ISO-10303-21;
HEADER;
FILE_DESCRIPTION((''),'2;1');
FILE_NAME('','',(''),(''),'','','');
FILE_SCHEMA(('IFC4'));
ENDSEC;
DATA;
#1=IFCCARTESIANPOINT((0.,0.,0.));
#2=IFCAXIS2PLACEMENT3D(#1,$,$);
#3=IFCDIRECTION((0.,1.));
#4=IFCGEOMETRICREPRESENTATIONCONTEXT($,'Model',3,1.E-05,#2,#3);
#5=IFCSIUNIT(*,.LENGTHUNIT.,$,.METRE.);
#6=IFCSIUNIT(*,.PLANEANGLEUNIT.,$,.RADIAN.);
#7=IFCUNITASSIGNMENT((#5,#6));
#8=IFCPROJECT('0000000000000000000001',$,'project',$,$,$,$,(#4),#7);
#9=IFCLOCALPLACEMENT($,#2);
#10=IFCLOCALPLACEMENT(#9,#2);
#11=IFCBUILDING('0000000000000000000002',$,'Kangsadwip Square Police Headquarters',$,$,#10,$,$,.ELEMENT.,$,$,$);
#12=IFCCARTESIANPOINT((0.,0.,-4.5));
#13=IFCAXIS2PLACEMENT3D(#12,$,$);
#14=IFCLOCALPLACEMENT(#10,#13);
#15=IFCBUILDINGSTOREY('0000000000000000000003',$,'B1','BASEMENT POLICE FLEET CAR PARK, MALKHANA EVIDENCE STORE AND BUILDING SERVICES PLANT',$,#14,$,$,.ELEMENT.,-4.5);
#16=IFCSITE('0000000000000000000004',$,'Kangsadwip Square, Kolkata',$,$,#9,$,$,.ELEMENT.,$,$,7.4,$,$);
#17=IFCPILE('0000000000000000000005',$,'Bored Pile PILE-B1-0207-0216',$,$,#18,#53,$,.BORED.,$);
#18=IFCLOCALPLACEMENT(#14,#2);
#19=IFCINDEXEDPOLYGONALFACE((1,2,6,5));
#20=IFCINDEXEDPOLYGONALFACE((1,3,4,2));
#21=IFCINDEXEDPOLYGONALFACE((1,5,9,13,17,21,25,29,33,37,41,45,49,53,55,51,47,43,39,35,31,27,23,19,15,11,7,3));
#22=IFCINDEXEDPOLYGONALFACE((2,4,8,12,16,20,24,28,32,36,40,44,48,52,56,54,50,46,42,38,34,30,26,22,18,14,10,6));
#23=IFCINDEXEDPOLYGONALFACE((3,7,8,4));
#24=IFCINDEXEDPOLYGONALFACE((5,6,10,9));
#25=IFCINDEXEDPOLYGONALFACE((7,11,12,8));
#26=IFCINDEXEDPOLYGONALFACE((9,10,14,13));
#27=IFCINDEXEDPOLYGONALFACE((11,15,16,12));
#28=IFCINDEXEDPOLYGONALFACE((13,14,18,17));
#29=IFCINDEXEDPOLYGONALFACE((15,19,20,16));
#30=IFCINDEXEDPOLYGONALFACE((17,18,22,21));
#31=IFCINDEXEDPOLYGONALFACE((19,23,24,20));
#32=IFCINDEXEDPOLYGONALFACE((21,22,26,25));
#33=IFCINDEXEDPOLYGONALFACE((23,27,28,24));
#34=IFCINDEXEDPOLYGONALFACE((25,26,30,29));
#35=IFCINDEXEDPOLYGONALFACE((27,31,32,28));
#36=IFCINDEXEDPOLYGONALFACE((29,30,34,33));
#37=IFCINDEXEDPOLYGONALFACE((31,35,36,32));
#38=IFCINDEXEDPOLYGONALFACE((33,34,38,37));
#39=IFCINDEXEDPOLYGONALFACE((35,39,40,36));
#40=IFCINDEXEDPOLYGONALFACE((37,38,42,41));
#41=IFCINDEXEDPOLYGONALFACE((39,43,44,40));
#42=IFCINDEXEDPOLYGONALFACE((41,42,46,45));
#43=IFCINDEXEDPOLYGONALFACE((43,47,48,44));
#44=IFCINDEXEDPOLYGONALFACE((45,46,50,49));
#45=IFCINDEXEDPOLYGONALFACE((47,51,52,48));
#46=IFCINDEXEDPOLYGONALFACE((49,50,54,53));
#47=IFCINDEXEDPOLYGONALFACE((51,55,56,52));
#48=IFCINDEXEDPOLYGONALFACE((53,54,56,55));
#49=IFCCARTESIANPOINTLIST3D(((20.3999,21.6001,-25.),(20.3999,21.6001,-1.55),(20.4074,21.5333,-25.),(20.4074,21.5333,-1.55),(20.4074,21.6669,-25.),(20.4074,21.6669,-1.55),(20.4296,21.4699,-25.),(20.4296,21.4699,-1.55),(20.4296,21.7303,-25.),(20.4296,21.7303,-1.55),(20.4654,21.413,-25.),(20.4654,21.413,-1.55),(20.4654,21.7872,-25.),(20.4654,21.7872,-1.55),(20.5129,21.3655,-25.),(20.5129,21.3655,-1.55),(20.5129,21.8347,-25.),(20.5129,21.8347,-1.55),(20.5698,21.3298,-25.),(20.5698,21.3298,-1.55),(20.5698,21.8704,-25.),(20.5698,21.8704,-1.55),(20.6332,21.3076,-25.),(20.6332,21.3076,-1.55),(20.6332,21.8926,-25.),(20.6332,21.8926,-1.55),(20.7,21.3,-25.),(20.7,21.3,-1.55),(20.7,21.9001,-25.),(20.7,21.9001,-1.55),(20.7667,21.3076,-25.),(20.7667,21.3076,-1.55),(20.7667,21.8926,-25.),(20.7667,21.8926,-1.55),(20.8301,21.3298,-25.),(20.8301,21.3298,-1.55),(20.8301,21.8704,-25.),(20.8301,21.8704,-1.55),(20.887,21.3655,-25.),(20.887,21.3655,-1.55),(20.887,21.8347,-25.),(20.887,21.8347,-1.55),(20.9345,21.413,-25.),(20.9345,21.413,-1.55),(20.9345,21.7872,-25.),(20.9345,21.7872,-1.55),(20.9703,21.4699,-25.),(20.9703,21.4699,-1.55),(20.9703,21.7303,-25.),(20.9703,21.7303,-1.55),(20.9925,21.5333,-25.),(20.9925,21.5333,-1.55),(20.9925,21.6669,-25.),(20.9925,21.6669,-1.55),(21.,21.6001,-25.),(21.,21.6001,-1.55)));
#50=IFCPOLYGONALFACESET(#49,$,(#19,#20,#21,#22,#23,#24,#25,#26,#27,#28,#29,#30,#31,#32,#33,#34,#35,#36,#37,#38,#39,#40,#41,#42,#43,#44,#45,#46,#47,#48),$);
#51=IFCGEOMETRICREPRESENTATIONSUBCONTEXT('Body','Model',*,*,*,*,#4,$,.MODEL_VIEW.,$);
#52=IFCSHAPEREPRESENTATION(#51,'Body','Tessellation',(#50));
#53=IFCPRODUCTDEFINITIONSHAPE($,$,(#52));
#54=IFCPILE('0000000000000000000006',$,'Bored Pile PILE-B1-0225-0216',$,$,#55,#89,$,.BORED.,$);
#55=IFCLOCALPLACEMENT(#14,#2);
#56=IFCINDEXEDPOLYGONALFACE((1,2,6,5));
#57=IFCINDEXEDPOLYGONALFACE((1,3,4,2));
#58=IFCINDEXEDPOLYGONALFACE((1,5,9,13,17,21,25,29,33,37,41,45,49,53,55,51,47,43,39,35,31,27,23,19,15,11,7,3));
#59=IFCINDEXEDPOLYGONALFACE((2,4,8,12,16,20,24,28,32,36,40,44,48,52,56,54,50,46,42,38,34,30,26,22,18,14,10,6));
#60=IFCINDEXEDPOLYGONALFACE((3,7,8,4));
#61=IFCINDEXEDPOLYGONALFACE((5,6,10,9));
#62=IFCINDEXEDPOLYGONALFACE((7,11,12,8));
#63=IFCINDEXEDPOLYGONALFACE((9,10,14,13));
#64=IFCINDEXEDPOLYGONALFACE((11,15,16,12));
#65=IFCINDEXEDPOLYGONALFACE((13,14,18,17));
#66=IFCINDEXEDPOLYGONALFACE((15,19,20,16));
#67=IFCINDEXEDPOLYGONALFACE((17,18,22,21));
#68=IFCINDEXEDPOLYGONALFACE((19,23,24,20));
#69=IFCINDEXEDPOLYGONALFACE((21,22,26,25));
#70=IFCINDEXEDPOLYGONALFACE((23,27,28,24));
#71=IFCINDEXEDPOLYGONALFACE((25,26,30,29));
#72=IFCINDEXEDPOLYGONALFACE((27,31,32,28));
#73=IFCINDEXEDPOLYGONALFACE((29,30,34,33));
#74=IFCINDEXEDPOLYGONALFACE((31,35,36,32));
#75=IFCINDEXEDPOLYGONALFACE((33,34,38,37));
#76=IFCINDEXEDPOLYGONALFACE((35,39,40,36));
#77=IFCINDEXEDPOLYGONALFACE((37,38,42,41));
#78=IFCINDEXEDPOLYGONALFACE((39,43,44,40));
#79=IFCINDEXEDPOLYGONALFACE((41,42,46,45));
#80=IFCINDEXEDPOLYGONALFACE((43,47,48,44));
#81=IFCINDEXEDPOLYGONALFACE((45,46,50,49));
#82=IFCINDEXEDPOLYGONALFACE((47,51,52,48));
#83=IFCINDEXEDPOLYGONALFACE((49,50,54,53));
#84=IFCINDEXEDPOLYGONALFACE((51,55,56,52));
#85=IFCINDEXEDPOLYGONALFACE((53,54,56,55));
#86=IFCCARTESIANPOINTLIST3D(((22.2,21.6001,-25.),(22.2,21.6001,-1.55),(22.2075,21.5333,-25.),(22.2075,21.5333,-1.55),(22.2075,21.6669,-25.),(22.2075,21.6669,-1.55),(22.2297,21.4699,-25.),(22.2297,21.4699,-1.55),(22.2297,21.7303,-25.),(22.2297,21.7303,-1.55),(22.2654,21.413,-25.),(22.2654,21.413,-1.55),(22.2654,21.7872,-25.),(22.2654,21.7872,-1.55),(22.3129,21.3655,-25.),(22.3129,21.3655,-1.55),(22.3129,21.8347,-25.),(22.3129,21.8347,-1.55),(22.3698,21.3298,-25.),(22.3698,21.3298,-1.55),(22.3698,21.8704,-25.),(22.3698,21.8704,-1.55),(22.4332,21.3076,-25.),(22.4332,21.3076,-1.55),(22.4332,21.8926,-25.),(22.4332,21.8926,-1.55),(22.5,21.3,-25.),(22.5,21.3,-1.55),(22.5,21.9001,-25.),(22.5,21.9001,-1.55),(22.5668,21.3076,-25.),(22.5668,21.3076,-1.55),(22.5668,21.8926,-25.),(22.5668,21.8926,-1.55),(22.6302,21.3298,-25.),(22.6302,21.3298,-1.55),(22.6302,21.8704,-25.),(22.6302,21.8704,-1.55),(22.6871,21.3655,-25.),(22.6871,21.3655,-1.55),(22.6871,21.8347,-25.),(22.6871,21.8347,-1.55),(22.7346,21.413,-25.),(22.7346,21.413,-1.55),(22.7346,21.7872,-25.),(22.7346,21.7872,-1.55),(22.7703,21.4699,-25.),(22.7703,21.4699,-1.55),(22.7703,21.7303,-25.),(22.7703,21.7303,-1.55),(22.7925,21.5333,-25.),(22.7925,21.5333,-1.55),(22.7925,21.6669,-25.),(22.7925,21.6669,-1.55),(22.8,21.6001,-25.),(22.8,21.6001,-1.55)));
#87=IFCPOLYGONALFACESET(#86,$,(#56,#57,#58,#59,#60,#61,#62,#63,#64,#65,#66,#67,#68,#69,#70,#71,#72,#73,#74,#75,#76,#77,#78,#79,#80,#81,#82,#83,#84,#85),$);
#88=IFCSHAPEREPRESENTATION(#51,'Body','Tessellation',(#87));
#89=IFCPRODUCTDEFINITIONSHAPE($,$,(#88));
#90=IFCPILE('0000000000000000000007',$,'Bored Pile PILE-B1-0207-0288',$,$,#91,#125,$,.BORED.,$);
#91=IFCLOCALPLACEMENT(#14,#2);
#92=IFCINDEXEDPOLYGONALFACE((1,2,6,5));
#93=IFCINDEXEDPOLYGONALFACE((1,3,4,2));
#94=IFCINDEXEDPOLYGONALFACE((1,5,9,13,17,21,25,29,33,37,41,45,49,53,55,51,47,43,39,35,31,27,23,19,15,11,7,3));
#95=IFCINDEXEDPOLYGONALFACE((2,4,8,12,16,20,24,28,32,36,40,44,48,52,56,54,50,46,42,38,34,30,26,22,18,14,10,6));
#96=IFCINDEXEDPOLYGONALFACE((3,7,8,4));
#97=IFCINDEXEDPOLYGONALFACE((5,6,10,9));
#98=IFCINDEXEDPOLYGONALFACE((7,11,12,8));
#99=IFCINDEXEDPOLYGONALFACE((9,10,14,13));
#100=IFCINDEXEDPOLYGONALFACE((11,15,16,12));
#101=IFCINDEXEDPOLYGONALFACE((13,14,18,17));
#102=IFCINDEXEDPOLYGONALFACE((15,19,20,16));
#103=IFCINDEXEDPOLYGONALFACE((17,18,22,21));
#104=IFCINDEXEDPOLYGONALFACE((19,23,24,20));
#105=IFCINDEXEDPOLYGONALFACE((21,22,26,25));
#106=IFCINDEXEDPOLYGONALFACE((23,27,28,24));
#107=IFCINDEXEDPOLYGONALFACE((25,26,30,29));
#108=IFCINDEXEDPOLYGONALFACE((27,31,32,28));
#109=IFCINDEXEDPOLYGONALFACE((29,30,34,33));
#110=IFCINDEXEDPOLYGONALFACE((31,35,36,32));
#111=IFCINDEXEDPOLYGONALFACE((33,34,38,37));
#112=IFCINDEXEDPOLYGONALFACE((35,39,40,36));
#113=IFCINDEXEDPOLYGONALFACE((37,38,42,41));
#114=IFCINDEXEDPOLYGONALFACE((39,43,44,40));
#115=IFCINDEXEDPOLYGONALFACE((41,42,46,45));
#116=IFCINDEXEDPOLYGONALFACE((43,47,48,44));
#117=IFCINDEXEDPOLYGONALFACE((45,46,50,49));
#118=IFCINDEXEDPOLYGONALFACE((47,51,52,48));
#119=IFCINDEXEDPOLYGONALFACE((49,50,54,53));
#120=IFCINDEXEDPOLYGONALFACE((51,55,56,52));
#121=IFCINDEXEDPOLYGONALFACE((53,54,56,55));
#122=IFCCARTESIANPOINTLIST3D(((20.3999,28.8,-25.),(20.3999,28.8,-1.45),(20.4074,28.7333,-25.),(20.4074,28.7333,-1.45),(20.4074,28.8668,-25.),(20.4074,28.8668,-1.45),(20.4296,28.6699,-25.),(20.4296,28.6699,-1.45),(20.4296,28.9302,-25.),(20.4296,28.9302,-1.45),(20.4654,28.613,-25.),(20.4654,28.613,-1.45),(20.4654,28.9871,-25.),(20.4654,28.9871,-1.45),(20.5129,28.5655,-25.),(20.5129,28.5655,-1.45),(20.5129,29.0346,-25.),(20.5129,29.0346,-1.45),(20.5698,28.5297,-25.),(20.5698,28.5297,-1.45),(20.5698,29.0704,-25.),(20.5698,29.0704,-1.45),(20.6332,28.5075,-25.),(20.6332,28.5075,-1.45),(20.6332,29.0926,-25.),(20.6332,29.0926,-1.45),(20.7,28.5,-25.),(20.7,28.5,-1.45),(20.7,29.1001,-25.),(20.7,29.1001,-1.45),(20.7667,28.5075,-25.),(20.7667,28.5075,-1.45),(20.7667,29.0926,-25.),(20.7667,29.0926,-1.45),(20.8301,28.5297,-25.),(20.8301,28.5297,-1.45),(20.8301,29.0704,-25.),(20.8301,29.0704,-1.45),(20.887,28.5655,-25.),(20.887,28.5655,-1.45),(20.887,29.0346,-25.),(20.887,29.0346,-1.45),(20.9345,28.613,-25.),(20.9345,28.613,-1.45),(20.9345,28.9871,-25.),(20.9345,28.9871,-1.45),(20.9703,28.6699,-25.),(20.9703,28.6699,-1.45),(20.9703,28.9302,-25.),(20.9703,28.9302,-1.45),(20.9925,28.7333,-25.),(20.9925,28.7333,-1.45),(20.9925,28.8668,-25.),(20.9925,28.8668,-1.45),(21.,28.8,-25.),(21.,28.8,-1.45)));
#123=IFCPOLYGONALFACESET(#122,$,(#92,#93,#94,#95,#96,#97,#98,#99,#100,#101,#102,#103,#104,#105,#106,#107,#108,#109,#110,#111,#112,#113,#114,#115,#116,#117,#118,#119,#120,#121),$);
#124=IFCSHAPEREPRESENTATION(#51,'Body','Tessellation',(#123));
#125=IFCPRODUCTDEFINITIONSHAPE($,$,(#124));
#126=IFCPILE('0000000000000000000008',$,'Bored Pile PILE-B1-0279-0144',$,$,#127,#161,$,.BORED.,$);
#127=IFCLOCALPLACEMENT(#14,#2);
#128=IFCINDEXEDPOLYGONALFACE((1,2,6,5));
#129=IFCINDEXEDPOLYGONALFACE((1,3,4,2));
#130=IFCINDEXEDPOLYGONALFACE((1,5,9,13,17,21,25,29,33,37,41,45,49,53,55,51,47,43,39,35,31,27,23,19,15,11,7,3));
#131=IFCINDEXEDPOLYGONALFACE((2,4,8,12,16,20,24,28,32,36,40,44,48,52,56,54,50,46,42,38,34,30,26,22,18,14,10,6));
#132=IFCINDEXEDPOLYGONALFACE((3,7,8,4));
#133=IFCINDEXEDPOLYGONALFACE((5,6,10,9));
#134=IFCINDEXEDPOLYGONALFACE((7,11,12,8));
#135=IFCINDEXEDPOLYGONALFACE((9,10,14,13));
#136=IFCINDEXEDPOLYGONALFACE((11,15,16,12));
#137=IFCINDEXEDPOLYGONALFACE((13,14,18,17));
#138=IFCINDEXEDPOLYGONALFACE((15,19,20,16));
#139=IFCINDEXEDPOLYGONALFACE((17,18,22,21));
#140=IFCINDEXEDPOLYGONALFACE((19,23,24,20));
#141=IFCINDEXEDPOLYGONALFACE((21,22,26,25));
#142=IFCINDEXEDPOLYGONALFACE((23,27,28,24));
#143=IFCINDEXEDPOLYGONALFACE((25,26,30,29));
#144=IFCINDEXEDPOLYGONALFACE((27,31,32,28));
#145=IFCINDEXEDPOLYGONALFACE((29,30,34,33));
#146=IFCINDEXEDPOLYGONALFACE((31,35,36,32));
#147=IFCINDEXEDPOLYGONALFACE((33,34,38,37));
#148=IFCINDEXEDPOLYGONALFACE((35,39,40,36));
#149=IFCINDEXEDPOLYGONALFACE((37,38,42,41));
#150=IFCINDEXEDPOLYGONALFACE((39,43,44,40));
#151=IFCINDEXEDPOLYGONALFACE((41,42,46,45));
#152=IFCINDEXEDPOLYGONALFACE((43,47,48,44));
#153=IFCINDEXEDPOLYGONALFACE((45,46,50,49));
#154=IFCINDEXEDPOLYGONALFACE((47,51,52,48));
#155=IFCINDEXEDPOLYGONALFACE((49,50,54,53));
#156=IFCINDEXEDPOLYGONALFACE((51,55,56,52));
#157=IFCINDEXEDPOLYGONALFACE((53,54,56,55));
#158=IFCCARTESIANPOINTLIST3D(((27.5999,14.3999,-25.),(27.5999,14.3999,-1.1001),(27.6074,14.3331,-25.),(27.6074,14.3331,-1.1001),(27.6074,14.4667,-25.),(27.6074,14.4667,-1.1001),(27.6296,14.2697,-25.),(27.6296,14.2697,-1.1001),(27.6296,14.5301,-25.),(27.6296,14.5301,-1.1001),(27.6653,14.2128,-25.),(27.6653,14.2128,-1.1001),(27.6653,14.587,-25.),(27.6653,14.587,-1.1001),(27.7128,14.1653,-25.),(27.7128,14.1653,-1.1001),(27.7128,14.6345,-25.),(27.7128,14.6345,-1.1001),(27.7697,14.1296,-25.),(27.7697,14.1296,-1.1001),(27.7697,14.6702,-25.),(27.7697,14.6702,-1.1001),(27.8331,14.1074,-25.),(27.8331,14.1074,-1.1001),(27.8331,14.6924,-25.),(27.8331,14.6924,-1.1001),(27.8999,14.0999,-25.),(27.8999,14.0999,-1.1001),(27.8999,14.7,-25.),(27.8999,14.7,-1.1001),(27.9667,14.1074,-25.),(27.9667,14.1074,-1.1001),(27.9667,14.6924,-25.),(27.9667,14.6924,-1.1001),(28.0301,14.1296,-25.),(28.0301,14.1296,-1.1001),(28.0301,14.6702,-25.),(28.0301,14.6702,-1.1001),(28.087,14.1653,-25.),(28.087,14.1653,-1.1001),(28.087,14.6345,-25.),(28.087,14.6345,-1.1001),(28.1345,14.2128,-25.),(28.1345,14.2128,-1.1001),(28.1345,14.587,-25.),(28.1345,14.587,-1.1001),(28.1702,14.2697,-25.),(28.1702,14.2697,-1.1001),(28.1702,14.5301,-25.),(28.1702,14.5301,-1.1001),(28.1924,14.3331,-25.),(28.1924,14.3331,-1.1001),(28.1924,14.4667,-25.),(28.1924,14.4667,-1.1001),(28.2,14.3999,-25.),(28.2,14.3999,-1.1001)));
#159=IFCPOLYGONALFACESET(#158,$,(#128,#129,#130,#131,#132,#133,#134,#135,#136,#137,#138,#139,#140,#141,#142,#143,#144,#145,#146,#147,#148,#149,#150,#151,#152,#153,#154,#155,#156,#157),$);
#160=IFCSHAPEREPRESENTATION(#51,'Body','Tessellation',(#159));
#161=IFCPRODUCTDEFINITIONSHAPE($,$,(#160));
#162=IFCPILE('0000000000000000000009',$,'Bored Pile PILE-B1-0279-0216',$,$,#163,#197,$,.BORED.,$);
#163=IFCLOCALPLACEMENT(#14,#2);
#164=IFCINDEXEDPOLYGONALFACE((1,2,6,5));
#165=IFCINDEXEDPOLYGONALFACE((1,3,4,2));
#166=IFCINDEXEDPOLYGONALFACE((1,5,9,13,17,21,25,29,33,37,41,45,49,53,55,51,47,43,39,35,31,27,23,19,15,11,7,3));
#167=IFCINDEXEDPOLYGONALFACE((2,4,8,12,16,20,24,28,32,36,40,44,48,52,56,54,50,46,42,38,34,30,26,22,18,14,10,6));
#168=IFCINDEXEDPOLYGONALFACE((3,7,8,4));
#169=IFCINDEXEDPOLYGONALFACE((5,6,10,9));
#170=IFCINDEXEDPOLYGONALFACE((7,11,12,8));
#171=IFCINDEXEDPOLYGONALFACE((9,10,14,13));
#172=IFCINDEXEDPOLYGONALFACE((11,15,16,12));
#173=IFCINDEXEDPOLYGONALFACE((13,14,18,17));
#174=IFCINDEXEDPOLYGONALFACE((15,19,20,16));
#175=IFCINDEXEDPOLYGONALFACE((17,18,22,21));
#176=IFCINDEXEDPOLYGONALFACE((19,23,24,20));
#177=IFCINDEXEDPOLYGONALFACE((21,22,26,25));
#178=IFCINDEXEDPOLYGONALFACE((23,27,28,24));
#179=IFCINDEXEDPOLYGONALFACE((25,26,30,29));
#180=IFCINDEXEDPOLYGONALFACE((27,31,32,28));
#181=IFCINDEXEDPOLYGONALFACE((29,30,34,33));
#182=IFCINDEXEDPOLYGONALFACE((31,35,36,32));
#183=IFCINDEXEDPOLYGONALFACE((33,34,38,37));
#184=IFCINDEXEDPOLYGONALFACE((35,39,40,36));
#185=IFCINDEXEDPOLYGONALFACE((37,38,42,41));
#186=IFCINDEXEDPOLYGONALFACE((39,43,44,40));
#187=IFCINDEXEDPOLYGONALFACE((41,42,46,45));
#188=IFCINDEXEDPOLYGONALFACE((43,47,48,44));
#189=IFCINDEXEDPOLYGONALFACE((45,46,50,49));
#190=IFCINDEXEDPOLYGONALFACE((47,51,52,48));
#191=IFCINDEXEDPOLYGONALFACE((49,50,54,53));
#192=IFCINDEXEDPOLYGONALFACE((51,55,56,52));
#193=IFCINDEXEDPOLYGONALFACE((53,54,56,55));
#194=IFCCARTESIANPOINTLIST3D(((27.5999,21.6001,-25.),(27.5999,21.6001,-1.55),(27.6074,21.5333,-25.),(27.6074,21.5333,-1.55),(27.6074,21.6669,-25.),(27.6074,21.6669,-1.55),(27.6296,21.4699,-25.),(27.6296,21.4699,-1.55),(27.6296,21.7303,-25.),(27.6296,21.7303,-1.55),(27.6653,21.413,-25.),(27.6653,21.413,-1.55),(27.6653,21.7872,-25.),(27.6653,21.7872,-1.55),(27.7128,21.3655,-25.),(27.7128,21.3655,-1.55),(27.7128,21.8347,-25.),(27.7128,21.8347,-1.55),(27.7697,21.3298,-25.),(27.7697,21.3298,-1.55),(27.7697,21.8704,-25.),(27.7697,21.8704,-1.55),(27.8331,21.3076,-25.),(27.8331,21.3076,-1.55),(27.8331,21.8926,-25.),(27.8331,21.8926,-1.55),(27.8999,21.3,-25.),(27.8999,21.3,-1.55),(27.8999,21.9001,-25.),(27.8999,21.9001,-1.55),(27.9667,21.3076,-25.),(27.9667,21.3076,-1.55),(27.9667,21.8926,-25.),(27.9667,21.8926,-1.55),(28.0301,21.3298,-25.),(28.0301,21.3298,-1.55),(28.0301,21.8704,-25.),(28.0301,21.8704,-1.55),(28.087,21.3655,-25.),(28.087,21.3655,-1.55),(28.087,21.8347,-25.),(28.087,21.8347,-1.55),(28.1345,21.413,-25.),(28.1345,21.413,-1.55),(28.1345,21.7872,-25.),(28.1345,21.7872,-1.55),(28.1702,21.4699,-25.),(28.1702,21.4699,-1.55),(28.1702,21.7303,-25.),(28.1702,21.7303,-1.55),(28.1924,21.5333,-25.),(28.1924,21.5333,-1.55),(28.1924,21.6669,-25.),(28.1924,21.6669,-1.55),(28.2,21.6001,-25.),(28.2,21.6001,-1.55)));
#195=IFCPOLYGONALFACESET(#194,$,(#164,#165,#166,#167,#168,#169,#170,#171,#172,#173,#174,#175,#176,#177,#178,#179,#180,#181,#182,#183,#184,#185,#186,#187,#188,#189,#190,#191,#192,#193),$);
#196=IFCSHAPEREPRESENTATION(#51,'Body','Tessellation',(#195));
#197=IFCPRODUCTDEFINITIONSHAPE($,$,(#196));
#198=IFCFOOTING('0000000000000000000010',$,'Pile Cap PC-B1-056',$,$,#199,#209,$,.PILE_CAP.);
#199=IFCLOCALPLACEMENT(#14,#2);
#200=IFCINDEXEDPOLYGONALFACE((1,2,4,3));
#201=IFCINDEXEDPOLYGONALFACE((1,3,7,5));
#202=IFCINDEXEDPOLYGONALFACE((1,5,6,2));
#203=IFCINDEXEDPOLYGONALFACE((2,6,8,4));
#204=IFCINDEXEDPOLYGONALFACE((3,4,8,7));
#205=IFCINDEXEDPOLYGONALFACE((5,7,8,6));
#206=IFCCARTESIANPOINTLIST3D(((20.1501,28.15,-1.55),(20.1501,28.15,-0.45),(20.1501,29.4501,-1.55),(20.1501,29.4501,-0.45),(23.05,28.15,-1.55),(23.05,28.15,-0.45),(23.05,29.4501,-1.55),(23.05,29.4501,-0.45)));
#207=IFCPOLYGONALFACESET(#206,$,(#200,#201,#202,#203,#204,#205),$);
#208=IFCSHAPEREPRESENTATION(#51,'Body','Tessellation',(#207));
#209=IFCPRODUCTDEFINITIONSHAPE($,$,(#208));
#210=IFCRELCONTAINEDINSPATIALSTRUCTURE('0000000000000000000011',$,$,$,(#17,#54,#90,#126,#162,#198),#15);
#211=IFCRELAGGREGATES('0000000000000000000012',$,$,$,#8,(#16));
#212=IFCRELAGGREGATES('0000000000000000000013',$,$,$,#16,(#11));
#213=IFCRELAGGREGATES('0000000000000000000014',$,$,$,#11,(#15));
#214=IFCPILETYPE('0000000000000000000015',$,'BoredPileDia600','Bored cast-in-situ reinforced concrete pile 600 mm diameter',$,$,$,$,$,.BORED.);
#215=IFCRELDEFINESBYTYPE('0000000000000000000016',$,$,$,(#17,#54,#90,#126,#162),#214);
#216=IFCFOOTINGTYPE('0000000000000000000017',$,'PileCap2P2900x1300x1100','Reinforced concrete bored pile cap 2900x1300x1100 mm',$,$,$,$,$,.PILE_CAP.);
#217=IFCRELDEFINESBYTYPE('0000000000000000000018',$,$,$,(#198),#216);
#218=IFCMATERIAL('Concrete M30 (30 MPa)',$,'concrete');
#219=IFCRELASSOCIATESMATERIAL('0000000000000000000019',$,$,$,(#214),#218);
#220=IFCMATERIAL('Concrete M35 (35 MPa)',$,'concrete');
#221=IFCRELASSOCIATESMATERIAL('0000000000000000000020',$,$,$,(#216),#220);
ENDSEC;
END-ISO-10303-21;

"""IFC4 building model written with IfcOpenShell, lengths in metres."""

from ifc_helpers import new_model, si_unit, direction, frame, origin, origin_2d, place, context, subcontext, project, spatial, rectangle, circle, extrude, material, material_profile, profile_set, type_object, element, save


model = new_model("IFC4")

# Units and contexts
model_context = context("Model", 3, precision=1e-05, world=origin(), true_north=direction((0.0, 1.0)))
body_context = subcontext(model_context, "Body", "Model", "MODEL_VIEW")
ifc_project = project(units=[si_unit("LENGTHUNIT", "METRE"), si_unit("PLANEANGLEUNIT", "RADIAN")], contexts=[model_context])

# Site, building, storey
site_placement = place(None, origin())
site = spatial("IfcSite", under=ifc_project, at=site_placement, Name="Kangsadwip Square, Kolkata", CompositionType="ELEMENT", RefElevation=7.4)
building_placement = place(site_placement, origin())
building = spatial("IfcBuilding", under=site, at=building_placement, Name="Kangsadwip Square Police Headquarters", CompositionType="ELEMENT")
storey_placement = place(building_placement, frame((0.0, 0.0, -4.5)))
storey = spatial("IfcBuildingStorey", under=building, at=storey_placement, Name="B1", Description="BASEMENT POLICE FLEET CAR PARK, MALKHANA EVIDENCE STORE AND BUILDING SERVICES PLANT", CompositionType="ELEMENT", Elevation=-4.5)

# Piles
ifc_material_1 = material(Name="Concrete M30 (30 MPa)", Category="concrete")
ifc_material_profile_1 = material_profile(ifc_material_1, circle(Radius=0.3, at=origin_2d()), Name="PILE DIA 600")
ifc_profile_set_1 = profile_set([ifc_material_profile_1], Name="Concrete M30 (30 MPa)")
pile_type = type_object("IfcPileType", Name="BoredPileDia600", Description="Bored cast-in-situ reinforced concrete pile 600 mm diameter", PredefinedType="BORED", material=ifc_profile_set_1)
for number, where, z_axis, x_axis, name in (
    (1, (20.7, 21.6001, -1.55), (0.0, 0.0, -1.0), (1.0, 0.0, 0.0), "Bored Pile PILE-B1-0207-0216"),
    (2, (22.5, 21.6001, -1.55), (0.0, 0.0, -1.0), (1.0, 0.0, 0.0), "Bored Pile PILE-B1-0225-0216"),
):
    element("IfcPile", number, at=place(storey_placement, frame(where, z_axis=z_axis, x_axis=x_axis)), inside=storey, type_object=pile_type, Name=name, PredefinedType="BORED", context=body_context, shape_type="SweptSolid", body=[
        extrude(circle(Radius=0.3, at=origin_2d()), origin(), (0.0, 0.0, 1.0), 23.45),
    ])
pile_1_placement = place(storey_placement, frame((20.7, 28.8, -1.45), z_axis=(0.0, 0.0, -1.0), x_axis=(1.0, 0.0, 0.0)))
element("IfcPile", 3, at=pile_1_placement, inside=storey, type_object=pile_type, Name="Bored Pile PILE-B1-0207-0288", PredefinedType="BORED", context=body_context, shape_type="SweptSolid", body=[
    extrude(circle(Radius=0.3, at=origin_2d()), origin(), (0.0, 0.0, 1.0), 23.55),
])
pile_2_placement = place(storey_placement, frame((27.8999, 14.3999, -1.1001), z_axis=(0.0, 0.0, -1.0), x_axis=(1.0, 0.0, 0.0)))
element("IfcPile", 4, at=pile_2_placement, inside=storey, type_object=pile_type, Name="Bored Pile PILE-B1-0279-0144", PredefinedType="BORED", context=body_context, shape_type="SweptSolid", body=[
    extrude(circle(Radius=0.3, at=origin_2d()), origin(), (0.0, 0.0, 1.0), 23.8999),
])
pile_3_placement = place(storey_placement, frame((27.8999, 21.6001, -1.55), z_axis=(0.0, 0.0, -1.0), x_axis=(1.0, 0.0, 0.0)))
element("IfcPile", 5, at=pile_3_placement, inside=storey, type_object=pile_type, Name="Bored Pile PILE-B1-0279-0216", PredefinedType="BORED", context=body_context, shape_type="SweptSolid", body=[
    extrude(circle(Radius=0.3, at=origin_2d()), origin(), (0.0, 0.0, 1.0), 23.45),
])

# Footing
ifc_material_2 = material(Name="Concrete M35 (35 MPa)", Category="concrete")
footing_type_1 = type_object("IfcFootingType", Name="PileCap2P2900x1300x1100", Description="Reinforced concrete bored pile cap 2900x1300x1100 mm", PredefinedType="PILE_CAP", material=ifc_material_2)
footing_1_placement = place(storey_placement, frame((21.6001, 28.8, -1.55), z_axis=(0.0, 0.0, 1.0), x_axis=(1.0, 0.0, 0.0)))
element("IfcFooting", 6, at=footing_1_placement, inside=storey, type_object=footing_type_1, Name="Pile Cap PC-B1-056", PredefinedType="PILE_CAP", context=body_context, shape_type="SweptSolid", body=[
    extrude(rectangle(XDim=2.8999, YDim=1.3, at=origin_2d()), origin(), (0.0, 0.0, 1.0), 1.1001),
])

save(model, "model.ifc")
